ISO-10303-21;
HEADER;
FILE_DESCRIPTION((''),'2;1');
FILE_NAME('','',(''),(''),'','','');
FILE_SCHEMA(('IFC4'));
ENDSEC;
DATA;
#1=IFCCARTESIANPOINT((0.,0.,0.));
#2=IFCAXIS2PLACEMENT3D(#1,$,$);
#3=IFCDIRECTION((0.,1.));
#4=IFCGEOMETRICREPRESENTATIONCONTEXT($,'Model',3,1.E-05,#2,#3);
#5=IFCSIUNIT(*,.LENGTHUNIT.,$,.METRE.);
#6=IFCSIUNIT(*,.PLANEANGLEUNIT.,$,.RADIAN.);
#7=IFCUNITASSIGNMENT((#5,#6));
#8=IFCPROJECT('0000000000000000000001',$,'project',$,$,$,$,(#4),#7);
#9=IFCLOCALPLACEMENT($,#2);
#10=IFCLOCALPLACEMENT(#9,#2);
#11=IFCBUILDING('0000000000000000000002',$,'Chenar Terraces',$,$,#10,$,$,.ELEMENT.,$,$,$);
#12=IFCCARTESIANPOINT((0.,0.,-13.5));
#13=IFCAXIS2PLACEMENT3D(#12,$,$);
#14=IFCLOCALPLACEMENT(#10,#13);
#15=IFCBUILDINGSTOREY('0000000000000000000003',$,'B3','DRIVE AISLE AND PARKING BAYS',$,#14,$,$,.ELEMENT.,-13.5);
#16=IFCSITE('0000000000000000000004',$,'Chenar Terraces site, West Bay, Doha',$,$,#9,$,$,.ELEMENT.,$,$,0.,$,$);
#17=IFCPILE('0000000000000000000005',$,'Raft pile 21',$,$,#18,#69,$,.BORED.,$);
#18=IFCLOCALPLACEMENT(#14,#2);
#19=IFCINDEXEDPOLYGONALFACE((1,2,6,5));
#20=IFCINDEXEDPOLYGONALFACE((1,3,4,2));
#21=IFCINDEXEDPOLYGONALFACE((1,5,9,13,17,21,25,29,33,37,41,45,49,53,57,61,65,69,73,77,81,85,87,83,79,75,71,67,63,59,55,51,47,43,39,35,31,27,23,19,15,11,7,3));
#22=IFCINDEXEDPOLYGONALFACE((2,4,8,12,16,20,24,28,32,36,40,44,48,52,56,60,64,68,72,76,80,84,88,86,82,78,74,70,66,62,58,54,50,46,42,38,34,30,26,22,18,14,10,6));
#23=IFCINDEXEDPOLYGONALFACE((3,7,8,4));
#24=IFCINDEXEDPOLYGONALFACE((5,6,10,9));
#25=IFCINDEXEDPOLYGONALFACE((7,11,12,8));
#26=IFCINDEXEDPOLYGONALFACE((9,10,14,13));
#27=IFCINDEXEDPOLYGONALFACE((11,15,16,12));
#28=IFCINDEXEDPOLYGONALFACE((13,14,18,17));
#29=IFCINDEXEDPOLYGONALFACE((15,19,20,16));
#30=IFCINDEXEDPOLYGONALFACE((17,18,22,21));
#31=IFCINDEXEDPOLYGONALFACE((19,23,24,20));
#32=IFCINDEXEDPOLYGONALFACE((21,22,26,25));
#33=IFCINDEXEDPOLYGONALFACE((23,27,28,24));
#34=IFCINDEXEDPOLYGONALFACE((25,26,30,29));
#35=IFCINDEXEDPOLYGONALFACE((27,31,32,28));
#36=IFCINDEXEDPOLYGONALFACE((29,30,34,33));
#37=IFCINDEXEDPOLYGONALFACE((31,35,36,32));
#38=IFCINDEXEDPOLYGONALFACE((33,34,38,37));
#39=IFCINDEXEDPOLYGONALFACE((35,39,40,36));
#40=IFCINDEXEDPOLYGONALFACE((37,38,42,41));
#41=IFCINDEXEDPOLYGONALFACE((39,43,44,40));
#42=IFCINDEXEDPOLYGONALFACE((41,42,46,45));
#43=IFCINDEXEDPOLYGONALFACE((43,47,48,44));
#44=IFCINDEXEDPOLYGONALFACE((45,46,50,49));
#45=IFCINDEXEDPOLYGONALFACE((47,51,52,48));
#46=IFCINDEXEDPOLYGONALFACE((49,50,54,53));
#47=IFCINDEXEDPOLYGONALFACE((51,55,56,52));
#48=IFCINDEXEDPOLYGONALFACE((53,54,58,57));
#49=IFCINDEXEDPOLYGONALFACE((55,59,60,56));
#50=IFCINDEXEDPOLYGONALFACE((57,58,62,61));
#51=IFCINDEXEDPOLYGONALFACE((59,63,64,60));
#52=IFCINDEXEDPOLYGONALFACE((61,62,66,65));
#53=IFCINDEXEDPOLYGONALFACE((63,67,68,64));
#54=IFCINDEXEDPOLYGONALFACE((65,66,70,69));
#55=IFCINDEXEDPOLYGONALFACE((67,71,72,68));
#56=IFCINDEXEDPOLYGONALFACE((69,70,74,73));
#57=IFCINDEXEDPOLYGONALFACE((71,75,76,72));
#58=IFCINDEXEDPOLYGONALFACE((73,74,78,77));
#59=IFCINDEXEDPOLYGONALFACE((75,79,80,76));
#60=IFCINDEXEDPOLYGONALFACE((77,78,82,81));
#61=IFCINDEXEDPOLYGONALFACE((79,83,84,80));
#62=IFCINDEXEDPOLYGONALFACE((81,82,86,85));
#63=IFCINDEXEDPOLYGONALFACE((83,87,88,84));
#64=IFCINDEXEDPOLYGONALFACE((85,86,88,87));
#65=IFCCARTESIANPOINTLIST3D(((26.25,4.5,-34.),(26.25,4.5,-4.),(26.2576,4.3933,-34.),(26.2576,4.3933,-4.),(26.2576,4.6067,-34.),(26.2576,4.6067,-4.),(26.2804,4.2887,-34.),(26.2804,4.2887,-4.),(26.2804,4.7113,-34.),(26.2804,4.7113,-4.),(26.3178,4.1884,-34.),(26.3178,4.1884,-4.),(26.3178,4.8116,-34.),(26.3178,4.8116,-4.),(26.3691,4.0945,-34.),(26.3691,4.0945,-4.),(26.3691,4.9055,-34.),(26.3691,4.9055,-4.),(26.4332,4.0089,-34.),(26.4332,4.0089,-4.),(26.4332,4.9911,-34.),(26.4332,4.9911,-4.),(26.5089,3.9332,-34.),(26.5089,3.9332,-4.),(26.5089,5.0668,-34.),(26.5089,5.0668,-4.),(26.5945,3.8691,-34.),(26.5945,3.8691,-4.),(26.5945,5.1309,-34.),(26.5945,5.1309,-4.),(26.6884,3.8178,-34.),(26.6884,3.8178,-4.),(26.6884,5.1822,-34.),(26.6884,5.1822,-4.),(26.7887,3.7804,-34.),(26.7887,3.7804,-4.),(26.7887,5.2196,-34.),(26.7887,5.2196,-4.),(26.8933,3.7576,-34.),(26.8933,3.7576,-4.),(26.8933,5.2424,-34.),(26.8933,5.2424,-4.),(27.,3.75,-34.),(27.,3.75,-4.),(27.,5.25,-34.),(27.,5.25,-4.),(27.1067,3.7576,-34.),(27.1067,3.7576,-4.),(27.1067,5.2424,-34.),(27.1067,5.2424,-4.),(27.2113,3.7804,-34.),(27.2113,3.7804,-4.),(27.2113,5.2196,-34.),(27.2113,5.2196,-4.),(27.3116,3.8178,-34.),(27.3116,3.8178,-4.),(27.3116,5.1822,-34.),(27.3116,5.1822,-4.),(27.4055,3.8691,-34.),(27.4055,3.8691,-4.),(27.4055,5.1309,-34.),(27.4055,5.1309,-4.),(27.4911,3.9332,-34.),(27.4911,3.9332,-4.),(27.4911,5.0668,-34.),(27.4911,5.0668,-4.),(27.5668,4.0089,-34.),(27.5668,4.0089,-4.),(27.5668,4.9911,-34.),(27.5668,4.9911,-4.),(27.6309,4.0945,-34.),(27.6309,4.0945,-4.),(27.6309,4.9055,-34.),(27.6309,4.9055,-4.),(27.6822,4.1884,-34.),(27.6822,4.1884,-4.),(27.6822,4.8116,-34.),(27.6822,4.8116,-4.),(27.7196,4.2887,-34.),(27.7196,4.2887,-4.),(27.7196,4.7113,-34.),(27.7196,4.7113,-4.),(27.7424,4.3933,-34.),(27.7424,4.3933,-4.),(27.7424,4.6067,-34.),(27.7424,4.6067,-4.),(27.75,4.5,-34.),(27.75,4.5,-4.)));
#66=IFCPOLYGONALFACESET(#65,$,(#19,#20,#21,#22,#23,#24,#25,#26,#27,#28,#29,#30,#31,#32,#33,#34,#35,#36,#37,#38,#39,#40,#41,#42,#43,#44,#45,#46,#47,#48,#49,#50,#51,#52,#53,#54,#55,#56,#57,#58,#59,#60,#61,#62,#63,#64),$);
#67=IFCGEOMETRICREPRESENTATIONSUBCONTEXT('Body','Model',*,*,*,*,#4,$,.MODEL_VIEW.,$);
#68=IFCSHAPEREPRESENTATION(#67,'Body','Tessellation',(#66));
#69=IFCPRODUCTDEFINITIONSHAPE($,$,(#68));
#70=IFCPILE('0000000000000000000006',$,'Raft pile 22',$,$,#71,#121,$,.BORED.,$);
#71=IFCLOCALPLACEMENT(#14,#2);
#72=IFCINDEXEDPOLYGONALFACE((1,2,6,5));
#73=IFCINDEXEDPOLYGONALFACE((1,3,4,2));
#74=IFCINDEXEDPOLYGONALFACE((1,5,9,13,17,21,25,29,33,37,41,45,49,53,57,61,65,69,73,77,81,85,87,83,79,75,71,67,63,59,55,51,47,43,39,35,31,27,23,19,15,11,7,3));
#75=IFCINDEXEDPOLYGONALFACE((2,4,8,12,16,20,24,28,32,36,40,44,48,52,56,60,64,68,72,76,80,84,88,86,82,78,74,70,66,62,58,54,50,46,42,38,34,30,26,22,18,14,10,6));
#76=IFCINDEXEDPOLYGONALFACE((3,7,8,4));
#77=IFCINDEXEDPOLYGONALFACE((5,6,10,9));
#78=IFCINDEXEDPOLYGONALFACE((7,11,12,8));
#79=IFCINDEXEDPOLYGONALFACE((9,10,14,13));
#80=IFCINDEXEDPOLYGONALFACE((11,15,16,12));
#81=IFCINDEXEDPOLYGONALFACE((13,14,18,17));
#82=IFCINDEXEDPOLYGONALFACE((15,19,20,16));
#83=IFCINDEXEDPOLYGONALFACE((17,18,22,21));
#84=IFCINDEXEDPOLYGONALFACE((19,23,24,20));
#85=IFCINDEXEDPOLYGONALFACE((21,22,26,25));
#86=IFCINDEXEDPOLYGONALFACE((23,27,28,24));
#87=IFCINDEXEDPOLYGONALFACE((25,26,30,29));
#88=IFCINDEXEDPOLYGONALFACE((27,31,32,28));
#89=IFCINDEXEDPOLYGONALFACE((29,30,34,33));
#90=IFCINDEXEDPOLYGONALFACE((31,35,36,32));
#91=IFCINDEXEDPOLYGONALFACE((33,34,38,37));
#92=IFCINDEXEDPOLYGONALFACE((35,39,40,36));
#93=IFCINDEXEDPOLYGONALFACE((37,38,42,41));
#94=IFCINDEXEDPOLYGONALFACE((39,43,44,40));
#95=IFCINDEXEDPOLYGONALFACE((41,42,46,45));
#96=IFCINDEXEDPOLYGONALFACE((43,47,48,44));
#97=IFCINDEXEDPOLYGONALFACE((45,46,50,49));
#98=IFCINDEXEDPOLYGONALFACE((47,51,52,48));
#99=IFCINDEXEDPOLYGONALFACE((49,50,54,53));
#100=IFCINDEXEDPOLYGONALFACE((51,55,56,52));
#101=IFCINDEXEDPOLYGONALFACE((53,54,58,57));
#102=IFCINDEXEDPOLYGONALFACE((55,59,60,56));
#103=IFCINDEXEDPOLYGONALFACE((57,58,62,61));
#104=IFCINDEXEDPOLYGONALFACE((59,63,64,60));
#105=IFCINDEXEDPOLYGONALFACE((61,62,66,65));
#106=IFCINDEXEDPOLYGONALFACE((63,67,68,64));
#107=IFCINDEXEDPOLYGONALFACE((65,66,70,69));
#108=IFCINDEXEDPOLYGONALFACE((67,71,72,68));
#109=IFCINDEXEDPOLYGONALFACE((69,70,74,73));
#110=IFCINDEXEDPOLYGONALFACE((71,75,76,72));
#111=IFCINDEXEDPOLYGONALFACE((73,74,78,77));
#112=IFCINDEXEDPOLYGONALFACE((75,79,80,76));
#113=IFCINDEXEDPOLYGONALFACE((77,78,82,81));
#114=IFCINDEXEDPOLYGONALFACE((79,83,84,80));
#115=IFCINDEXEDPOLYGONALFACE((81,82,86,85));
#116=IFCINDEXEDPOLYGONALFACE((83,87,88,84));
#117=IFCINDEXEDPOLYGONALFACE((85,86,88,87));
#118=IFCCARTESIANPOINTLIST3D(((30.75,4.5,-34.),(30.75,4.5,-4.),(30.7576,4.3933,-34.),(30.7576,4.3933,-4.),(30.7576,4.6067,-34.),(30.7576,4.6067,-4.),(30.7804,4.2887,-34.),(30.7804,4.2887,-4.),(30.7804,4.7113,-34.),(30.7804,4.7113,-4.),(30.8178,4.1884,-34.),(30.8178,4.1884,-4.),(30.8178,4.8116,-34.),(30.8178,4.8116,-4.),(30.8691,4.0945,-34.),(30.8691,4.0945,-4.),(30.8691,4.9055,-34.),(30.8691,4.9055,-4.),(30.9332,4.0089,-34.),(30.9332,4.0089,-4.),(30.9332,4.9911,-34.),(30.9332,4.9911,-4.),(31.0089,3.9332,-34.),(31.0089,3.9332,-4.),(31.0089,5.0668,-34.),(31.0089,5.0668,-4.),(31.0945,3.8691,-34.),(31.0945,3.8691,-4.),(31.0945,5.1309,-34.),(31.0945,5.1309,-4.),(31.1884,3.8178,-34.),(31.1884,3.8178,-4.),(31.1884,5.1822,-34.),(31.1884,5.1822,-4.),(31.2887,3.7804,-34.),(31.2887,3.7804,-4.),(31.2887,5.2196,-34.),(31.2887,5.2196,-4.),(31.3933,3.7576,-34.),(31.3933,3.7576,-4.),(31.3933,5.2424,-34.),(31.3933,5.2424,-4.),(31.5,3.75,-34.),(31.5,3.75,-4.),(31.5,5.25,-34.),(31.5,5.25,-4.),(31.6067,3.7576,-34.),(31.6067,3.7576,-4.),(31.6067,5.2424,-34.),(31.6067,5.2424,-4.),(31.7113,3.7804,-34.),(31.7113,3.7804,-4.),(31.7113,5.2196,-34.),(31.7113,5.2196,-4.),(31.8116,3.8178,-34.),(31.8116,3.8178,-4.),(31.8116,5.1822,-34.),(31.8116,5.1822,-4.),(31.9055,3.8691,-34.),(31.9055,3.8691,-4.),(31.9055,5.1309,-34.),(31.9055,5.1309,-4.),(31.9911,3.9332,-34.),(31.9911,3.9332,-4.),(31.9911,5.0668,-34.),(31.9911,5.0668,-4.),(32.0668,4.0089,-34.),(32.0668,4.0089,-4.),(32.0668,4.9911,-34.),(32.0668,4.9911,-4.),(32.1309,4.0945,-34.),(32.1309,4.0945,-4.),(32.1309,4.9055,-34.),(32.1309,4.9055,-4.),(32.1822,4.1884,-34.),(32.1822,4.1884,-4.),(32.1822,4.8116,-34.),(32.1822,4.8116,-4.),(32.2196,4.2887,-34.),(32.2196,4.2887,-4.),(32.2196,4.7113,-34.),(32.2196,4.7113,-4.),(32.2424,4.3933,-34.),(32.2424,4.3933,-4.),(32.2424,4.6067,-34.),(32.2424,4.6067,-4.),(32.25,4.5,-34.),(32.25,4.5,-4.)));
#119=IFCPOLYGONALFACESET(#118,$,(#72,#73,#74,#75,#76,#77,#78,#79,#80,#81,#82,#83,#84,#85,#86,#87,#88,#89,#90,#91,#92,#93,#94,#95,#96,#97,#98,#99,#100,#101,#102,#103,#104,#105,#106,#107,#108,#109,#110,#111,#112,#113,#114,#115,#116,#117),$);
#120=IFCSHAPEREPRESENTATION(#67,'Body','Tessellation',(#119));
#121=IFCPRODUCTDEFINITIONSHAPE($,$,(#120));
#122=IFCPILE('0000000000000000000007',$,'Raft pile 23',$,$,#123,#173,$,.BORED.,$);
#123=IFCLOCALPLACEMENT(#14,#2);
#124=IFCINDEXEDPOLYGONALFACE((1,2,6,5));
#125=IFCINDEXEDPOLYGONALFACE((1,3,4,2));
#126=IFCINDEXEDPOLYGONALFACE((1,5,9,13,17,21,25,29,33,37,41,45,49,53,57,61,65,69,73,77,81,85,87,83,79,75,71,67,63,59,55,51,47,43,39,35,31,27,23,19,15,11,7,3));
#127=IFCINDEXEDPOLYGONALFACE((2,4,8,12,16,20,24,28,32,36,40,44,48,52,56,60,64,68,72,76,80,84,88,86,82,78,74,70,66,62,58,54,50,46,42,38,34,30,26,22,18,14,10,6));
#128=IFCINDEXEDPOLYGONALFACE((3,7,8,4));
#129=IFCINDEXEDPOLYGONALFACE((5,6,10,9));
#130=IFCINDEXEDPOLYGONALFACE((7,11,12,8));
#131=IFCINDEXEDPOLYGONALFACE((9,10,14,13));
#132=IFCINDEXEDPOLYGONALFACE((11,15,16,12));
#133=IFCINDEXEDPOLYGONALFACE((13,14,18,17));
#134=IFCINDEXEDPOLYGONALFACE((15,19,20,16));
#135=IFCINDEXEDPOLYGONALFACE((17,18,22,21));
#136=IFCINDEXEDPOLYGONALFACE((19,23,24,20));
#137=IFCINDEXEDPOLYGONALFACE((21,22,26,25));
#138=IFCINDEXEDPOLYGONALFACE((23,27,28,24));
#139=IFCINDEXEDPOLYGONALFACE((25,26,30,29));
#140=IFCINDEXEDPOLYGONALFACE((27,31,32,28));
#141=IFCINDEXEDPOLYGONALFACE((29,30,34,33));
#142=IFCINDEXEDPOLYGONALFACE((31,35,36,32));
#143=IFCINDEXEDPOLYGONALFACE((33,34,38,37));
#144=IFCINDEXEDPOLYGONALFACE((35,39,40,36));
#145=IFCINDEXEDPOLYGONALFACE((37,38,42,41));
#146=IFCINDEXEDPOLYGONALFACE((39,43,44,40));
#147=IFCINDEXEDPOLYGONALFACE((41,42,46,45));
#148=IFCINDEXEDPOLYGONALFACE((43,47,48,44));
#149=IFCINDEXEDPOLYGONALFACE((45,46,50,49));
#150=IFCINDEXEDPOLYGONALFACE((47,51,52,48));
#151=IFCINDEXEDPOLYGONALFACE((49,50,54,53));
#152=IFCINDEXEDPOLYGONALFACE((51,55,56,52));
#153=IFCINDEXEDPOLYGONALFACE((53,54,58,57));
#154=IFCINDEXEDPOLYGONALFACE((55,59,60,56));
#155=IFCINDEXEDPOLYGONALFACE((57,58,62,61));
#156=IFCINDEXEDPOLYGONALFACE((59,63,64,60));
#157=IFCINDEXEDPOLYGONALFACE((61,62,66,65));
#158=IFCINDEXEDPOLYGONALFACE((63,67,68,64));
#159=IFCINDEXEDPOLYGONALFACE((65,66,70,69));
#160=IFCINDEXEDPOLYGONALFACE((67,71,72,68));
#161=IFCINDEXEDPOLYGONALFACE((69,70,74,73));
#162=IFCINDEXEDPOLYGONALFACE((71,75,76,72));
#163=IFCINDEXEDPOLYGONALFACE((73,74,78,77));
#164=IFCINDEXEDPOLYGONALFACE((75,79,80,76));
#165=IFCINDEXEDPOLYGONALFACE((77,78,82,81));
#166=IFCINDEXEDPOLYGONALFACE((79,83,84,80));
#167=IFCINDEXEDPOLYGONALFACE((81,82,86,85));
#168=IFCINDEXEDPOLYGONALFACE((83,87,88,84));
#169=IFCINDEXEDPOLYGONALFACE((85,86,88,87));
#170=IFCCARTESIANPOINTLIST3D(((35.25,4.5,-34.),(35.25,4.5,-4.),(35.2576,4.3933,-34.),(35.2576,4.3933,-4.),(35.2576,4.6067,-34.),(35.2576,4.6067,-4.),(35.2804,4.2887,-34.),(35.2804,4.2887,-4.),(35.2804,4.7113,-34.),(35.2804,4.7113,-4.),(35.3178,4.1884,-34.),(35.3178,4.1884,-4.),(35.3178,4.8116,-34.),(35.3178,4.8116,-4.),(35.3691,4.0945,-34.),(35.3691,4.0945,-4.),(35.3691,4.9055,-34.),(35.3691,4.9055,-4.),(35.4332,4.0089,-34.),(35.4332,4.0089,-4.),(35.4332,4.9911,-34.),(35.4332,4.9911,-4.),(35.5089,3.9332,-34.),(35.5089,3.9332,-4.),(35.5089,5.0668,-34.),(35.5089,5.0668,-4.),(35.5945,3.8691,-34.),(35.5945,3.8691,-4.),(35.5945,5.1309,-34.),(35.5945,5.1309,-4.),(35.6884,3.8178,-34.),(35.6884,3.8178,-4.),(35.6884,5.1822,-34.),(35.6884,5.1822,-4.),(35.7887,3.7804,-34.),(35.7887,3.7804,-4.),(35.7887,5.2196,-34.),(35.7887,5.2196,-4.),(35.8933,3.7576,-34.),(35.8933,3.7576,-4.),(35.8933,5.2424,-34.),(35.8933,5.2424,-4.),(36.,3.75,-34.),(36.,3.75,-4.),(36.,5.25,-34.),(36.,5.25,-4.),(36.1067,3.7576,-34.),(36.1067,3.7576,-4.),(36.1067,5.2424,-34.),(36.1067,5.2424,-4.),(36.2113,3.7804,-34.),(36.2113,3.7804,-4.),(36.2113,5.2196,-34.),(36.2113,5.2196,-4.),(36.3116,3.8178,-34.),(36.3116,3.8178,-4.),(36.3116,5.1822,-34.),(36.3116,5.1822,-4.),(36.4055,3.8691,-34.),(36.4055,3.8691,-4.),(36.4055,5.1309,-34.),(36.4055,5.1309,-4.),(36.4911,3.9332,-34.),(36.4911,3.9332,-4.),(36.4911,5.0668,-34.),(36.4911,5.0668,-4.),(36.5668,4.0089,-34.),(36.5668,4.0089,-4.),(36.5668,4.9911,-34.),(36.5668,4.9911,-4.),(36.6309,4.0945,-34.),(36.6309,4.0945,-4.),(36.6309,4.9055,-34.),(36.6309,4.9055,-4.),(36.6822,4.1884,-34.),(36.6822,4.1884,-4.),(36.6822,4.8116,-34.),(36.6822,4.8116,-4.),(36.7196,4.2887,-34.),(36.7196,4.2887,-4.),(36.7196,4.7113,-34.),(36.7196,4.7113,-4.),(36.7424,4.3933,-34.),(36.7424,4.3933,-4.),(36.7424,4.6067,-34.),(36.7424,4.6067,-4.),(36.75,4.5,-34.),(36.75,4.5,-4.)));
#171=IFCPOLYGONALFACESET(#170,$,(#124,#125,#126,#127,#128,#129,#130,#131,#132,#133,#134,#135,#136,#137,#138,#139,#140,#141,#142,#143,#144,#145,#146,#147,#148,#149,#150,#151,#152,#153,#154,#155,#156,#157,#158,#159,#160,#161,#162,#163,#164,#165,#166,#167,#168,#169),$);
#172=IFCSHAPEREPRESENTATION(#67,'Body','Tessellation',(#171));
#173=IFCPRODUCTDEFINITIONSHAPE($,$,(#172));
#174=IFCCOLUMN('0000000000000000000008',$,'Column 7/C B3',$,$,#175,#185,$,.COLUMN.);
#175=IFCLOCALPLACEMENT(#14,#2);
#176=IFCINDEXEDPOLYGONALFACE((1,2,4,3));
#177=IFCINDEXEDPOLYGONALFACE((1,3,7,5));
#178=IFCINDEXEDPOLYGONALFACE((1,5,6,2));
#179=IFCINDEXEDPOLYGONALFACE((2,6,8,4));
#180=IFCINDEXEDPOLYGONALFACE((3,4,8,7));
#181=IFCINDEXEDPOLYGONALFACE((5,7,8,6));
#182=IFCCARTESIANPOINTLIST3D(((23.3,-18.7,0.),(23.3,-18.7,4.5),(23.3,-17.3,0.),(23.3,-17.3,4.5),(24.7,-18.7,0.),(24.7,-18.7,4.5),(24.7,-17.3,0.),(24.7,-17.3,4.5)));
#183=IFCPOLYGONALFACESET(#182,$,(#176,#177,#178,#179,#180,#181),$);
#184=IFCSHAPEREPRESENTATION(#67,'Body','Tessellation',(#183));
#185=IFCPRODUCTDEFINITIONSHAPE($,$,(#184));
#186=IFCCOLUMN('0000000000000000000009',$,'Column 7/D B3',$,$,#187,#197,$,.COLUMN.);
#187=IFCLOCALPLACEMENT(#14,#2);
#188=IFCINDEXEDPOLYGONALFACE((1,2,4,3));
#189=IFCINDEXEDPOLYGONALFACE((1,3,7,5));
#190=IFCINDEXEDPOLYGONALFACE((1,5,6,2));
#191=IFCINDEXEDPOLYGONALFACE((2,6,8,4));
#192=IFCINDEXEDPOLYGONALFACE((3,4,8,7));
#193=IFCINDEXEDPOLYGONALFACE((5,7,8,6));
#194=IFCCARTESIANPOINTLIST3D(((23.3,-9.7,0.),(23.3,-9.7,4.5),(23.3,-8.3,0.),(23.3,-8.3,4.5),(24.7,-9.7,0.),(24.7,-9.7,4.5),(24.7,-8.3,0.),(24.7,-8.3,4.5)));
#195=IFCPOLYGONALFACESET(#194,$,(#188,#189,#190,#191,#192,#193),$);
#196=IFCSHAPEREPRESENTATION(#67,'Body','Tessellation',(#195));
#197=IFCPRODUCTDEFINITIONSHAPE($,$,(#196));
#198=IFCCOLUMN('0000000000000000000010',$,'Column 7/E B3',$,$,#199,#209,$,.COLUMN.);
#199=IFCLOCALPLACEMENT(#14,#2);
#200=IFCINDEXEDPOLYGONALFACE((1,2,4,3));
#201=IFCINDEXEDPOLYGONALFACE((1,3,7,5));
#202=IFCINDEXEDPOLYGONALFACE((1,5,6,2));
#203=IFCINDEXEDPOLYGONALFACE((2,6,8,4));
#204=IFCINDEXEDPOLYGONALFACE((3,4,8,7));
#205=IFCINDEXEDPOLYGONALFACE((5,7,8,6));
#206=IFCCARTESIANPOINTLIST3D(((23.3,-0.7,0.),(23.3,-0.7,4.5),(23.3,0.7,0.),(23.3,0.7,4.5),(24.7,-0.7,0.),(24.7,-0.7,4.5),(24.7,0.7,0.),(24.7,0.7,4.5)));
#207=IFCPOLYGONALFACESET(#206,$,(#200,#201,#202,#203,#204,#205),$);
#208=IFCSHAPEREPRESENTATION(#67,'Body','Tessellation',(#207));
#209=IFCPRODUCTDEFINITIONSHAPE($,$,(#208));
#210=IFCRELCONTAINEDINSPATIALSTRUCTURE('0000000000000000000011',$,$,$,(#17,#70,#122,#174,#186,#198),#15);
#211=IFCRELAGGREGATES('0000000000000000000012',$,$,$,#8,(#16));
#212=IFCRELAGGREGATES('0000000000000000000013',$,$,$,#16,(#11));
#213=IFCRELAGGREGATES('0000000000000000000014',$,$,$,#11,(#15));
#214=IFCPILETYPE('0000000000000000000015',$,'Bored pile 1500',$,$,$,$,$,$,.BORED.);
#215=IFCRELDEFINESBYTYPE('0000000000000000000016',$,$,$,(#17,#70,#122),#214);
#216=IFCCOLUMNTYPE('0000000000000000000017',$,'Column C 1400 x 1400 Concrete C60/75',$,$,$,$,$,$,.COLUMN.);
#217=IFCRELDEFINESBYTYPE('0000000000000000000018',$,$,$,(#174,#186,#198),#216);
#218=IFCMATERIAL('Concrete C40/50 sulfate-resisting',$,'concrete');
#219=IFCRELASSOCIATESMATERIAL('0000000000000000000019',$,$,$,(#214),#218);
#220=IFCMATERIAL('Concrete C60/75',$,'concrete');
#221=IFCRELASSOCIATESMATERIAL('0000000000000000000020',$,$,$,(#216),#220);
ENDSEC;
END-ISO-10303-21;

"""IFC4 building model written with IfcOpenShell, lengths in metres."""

from ifc_helpers import new_model, si_unit, direction, frame, origin, origin_2d, place, context, subcontext, project, spatial, rectangle, circle, extrude, material, material_profile, profile_set, type_object, element, save


model = new_model("IFC4")

# Units and contexts
model_context = context("Model", 3, precision=1e-05, world=origin(), true_north=direction((0.0, 1.0)))
body_context = subcontext(model_context, "Body", "Model", "MODEL_VIEW")
ifc_project = project(units=[si_unit("LENGTHUNIT", "METRE"), si_unit("PLANEANGLEUNIT", "RADIAN")], contexts=[model_context])

# Site, building, storey
site_placement = place(None, origin())
site = spatial("IfcSite", under=ifc_project, at=site_placement, Name="Chenar Terraces site, West Bay, Doha", CompositionType="ELEMENT", RefElevation=0.0)
building_placement = place(site_placement, origin())
building = spatial("IfcBuilding", under=site, at=building_placement, Name="Chenar Terraces", CompositionType="ELEMENT")
storey_placement = place(building_placement, frame((0.0, 0.0, -13.5)))
storey = spatial("IfcBuildingStorey", under=building, at=storey_placement, Name="B3", Description="DRIVE AISLE AND PARKING BAYS", CompositionType="ELEMENT", Elevation=-13.5)

# Piles
ifc_material_1 = material(Name="Concrete C40/50 sulfate-resisting", Category="concrete")
ifc_material_profile_1 = material_profile(ifc_material_1, circle(Radius=0.75, at=origin_2d()), Name="BP 1500")
ifc_profile_set_1 = profile_set([ifc_material_profile_1], Name="Concrete C40/50 sulfate-resisting")
pile_type_1 = type_object("IfcPileType", Name="Bored pile 1500", PredefinedType="BORED", material=ifc_profile_set_1)
for number, where, z_axis, x_axis, name in (
    (1, (27.0, 4.5, -4.0), (0.0, 0.0, -1.0), (1.0, 0.0, 0.0), "Raft pile 21"),
    (2, (31.5, 4.5, -4.0), (0.0, 0.0, -1.0), (1.0, 0.0, 0.0), "Raft pile 22"),
    (3, (36.0, 4.5, -4.0), (0.0, 0.0, -1.0), (1.0, 0.0, 0.0), "Raft pile 23"),
):
    element("IfcPile", number, at=place(storey_placement, frame(where, z_axis=z_axis, x_axis=x_axis)), inside=storey, type_object=pile_type_1, Name=name, PredefinedType="BORED", context=body_context, shape_type="SweptSolid", body=[
        extrude(circle(Radius=0.75, at=origin_2d()), origin(), (0.0, 0.0, 1.0), 30.0),
    ])

# Columns
ifc_material_2 = material(Name="Concrete C60/75", Category="concrete")
ifc_material_profile_2 = material_profile(ifc_material_2, rectangle(XDim=1.3999, YDim=1.3999, at=origin_2d()), Name="C 1400 x 1400")
ifc_profile_set_2 = profile_set([ifc_material_profile_2], Name="Concrete C60/75")
column_type = type_object("IfcColumnType", Name="Column C 1400 x 1400 Concrete C60/75", PredefinedType="COLUMN", material=ifc_profile_set_2)
for number, where, z_axis, x_axis, name in (
    (4, (24.0, -18.0, 0.0), (0.0, 0.0, 1.0), (1.0, 0.0, 0.0), "Column 7/C B3"),
    (5, (24.0, -9.0, 0.0), (0.0, 0.0, 1.0), (1.0, 0.0, 0.0), "Column 7/D B3"),
    (6, (24.0, 0.0, 0.0), (0.0, 0.0, 1.0), (1.0, 0.0, 0.0), "Column 7/E B3"),
):
    element("IfcColumn", number, at=place(storey_placement, frame(where, z_axis=z_axis, x_axis=x_axis)), inside=storey, type_object=column_type, Name=name, PredefinedType="COLUMN", context=body_context, shape_type="SweptSolid", body=[
        extrude(rectangle(XDim=1.3999, YDim=1.3999, at=origin_2d()), origin(), (0.0, 0.0, 1.0), 4.5),
    ])

save(model, "model.ifc")
